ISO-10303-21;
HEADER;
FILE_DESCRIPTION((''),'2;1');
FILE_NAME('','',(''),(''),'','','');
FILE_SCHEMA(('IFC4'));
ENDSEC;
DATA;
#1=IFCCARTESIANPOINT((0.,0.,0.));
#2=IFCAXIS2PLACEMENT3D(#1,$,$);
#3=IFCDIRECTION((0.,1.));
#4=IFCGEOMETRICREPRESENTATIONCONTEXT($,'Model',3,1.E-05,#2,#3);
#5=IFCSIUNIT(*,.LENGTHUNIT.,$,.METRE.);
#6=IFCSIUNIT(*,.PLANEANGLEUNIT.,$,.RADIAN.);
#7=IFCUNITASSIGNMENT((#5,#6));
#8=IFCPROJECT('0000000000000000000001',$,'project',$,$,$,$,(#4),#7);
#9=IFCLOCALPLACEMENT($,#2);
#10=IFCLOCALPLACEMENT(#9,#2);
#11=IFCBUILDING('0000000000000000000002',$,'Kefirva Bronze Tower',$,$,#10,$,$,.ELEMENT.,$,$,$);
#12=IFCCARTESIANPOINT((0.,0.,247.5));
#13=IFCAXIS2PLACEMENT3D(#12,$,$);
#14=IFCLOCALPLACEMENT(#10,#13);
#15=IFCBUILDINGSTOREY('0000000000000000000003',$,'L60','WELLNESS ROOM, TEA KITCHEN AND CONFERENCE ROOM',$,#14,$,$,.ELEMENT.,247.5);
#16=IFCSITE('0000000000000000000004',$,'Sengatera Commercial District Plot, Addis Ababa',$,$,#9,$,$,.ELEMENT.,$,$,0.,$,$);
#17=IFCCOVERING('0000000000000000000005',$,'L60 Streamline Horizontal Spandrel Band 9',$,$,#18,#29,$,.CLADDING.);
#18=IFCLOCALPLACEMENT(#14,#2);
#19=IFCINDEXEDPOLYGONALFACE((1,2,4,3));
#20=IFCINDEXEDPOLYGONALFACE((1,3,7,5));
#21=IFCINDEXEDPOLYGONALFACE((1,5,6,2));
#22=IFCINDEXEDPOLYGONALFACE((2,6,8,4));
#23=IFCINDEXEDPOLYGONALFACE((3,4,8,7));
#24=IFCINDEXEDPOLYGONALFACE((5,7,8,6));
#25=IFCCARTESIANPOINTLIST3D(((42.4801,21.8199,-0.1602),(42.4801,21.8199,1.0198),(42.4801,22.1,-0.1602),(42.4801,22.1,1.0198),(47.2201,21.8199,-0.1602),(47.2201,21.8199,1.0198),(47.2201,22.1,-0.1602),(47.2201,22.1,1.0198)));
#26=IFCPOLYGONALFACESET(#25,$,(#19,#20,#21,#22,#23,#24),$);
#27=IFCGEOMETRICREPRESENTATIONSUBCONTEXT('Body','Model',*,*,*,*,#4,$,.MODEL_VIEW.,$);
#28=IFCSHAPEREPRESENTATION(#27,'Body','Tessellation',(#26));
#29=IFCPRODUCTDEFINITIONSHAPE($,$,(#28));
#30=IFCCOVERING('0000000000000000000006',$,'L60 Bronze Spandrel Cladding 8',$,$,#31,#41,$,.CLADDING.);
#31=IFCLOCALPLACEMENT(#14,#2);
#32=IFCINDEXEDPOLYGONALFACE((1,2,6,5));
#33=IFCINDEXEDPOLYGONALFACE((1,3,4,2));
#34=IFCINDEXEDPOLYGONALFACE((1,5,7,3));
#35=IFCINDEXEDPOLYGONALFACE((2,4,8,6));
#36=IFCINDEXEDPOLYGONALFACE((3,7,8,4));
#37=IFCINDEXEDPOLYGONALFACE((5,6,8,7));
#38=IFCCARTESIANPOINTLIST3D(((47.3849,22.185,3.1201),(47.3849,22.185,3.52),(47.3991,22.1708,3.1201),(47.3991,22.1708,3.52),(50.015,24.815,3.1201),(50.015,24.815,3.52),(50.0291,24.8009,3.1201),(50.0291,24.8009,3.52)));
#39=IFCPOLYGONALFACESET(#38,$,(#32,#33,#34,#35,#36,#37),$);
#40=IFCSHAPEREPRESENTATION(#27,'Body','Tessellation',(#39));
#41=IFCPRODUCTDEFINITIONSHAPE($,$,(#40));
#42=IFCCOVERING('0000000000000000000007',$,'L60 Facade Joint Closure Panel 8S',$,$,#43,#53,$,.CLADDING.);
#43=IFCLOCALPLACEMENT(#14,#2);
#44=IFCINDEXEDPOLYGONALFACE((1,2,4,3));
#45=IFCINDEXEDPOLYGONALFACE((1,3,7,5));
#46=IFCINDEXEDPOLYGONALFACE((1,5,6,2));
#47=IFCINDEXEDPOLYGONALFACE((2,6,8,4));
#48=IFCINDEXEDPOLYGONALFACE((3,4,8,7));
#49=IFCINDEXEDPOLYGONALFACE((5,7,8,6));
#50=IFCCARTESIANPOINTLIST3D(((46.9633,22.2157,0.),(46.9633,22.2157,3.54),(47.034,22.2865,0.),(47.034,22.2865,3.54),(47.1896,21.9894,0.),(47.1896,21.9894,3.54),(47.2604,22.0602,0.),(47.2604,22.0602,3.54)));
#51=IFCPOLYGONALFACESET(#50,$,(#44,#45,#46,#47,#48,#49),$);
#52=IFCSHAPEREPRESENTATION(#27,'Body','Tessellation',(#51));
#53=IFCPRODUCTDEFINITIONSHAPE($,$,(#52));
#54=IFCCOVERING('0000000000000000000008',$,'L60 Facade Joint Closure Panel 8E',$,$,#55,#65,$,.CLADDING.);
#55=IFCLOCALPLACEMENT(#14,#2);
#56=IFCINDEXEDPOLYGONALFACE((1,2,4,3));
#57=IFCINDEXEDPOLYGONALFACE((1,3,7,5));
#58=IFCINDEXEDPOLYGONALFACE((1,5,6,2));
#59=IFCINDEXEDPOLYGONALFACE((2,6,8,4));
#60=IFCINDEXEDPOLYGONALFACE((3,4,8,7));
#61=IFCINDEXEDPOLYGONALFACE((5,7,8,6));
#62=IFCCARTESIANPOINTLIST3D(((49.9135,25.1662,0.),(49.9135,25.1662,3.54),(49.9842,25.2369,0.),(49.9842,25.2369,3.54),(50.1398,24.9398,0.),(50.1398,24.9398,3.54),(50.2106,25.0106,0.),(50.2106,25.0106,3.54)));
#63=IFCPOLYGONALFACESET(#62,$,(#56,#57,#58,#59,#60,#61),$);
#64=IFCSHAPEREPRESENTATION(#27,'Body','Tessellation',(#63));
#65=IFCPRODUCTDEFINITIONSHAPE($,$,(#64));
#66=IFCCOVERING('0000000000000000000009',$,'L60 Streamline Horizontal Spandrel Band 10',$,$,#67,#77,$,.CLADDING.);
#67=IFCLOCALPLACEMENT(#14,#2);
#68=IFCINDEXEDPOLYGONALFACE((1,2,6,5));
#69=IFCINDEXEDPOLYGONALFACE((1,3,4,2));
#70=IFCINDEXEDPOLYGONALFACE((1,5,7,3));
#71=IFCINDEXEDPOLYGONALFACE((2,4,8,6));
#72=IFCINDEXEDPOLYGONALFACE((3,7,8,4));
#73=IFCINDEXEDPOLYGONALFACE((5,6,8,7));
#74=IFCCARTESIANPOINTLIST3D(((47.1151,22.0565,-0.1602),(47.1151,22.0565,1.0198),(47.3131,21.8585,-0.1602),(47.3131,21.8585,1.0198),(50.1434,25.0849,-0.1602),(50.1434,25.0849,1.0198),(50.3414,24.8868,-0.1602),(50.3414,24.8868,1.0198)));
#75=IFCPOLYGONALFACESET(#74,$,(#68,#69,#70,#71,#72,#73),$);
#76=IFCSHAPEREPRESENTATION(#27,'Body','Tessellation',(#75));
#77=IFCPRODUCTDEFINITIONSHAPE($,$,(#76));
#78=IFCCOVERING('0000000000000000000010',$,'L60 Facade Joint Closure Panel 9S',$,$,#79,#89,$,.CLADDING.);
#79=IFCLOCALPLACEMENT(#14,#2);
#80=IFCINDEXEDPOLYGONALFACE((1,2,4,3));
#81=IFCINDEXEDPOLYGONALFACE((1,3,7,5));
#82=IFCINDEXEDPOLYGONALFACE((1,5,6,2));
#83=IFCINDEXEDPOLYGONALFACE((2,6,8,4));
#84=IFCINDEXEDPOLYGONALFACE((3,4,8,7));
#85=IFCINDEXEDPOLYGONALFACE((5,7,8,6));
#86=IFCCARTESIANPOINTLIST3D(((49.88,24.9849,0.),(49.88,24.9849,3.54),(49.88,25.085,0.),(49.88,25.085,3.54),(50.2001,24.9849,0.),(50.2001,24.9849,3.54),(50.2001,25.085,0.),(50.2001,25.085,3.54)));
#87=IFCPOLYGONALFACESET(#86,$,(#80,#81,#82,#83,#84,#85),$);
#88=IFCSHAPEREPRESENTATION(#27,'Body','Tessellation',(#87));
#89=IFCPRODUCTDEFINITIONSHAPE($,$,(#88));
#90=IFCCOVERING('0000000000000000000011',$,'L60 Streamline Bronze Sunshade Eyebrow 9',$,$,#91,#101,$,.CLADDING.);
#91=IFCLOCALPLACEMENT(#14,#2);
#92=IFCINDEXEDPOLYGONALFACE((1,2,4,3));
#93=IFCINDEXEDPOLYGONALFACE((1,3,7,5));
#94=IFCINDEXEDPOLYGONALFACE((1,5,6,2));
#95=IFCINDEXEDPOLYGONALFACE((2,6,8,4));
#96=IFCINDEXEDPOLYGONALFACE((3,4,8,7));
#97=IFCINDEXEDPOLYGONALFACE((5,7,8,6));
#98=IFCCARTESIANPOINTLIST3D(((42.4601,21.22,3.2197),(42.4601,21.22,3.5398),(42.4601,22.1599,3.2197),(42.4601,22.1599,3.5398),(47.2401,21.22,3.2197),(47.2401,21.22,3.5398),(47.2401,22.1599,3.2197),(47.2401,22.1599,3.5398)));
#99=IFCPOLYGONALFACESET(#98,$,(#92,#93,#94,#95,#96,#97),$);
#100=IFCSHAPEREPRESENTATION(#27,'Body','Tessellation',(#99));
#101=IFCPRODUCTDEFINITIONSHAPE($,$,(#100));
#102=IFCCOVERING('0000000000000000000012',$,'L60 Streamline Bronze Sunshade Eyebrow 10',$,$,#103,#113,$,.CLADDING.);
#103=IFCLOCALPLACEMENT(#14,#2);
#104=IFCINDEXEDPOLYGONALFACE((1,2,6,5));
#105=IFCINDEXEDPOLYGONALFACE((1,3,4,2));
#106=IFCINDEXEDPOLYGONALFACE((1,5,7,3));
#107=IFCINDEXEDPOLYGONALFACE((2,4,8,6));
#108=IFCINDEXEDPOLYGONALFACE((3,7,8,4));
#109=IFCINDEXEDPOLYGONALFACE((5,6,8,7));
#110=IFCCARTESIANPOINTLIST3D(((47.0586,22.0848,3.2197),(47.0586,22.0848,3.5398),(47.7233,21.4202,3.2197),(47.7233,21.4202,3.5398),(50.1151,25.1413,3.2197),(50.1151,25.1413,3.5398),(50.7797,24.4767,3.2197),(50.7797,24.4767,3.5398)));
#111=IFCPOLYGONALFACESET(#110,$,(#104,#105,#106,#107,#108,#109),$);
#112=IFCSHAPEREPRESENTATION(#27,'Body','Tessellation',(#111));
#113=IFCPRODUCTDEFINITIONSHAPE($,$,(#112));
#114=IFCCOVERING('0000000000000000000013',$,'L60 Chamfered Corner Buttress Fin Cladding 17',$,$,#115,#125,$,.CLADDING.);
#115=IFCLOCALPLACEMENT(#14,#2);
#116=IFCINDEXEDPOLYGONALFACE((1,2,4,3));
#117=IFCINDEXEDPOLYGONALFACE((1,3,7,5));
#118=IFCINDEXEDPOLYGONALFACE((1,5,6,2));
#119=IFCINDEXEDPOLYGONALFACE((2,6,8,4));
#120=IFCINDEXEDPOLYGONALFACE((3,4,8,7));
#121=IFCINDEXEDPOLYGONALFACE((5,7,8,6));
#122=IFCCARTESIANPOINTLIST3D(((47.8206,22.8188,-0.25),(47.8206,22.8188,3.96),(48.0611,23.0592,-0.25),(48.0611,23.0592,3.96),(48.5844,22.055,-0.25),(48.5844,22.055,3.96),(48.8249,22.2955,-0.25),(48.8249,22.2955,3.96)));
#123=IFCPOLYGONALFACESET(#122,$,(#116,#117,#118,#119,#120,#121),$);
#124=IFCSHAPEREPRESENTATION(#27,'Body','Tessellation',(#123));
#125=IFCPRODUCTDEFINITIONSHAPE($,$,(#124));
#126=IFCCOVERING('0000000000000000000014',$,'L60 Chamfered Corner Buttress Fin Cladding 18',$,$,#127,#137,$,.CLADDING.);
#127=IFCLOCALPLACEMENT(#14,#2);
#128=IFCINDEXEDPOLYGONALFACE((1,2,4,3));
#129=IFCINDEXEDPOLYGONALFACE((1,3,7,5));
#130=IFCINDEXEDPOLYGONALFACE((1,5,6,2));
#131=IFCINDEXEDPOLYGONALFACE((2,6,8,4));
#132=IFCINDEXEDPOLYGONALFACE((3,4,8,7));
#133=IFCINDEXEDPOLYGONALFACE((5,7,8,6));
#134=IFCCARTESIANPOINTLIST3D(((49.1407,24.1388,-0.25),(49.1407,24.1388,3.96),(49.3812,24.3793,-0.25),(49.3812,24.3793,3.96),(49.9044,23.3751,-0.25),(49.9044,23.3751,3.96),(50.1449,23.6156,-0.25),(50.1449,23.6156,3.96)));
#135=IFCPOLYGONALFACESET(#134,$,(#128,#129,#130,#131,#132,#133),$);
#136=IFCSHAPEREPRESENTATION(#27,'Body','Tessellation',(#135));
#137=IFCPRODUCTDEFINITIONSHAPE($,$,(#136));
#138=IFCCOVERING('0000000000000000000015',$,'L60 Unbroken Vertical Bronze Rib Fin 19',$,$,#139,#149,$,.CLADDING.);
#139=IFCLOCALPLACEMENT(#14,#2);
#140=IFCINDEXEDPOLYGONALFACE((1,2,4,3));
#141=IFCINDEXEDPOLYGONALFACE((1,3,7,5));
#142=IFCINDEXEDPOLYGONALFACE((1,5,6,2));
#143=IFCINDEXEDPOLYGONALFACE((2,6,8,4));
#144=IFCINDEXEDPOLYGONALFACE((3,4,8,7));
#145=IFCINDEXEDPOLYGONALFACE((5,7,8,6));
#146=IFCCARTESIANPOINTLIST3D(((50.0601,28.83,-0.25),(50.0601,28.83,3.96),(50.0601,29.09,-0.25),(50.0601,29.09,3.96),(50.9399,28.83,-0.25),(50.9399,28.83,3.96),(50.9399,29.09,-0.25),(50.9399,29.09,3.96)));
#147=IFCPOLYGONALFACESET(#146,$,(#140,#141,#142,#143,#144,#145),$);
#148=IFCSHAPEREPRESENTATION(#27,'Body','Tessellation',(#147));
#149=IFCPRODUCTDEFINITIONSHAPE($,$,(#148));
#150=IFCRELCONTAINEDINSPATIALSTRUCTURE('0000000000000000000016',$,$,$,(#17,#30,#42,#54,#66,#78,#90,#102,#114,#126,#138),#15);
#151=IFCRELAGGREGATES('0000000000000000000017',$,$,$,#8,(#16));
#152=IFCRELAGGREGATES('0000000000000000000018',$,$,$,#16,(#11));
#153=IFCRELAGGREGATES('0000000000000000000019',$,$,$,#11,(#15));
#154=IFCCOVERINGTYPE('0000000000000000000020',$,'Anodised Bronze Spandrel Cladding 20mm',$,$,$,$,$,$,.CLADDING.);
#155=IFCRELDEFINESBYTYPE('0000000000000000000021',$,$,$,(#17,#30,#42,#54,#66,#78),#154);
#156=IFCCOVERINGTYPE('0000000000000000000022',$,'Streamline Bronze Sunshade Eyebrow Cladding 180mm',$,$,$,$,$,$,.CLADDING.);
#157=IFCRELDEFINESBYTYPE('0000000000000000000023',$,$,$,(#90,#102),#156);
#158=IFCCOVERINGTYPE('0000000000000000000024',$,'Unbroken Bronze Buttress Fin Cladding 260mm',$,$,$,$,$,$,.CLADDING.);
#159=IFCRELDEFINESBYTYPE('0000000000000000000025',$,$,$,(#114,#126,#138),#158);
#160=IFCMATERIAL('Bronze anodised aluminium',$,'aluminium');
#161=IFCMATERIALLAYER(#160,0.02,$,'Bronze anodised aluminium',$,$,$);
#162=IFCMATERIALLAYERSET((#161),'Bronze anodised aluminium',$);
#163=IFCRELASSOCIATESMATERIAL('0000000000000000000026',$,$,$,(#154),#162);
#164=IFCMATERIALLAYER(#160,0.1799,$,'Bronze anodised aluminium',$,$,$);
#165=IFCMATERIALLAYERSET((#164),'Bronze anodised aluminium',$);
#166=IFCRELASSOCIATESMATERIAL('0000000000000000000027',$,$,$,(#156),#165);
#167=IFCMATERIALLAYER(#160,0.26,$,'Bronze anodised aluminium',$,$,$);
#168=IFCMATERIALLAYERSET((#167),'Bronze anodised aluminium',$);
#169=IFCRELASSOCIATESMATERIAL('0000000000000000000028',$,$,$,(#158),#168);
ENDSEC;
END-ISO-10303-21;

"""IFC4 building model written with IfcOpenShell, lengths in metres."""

from ifc_helpers import new_model, si_unit, direction, frame, origin, origin_2d, place, context, subcontext, project, spatial, rectangle, extrude, material, layer, layer_set, type_object, element, save


model = new_model("IFC4")

# Units and contexts
model_context = context("Model", 3, precision=1e-05, world=origin(), true_north=direction((0.0, 1.0)))
body_context = subcontext(model_context, "Body", "Model", "MODEL_VIEW")
ifc_project = project(units=[si_unit("LENGTHUNIT", "METRE"), si_unit("PLANEANGLEUNIT", "RADIAN")], contexts=[model_context])

# Site, building, storey
site_placement = place(None, origin())
site = spatial("IfcSite", under=ifc_project, at=site_placement, Name="Sengatera Commercial District Plot, Addis Ababa", CompositionType="ELEMENT", RefElevation=0.0)
building_placement = place(site_placement, origin())
building = spatial("IfcBuilding", under=site, at=building_placement, Name="Kefirva Bronze Tower", CompositionType="ELEMENT")
storey_placement = place(building_placement, frame((0.0, 0.0, 247.5)))
storey = spatial("IfcBuildingStorey", under=building, at=storey_placement, Name="L60", Description="WELLNESS ROOM, TEA KITCHEN AND CONFERENCE ROOM", CompositionType="ELEMENT", Elevation=247.5)

# Coverings
ifc_material_1 = material(Name="Bronze anodised aluminium", Category="aluminium")
ifc_layer_1 = layer(ifc_material_1, 0.02, Name="Bronze anodised aluminium")
ifc_layer_set_1 = layer_set([ifc_layer_1], Name="Bronze anodised aluminium")
covering_type_1 = type_object("IfcCoveringType", Name="Anodised Bronze Spandrel Cladding 20mm", PredefinedType="CLADDING", material=ifc_layer_set_1)
covering_1_placement = place(storey_placement, frame((44.8501, 21.96, -0.1602), z_axis=(0.0, 0.0, 1.0), x_axis=(1.0, 0.0, 0.0)))
element("IfcCovering", 1, at=covering_1_placement, inside=storey, type_object=covering_type_1, Name="L60 Streamline Horizontal Spandrel Band 9", PredefinedType="CLADDING", context=body_context, shape_type="SweptSolid", body=[
    extrude(rectangle(XDim=4.74, YDim=0.28, at=origin_2d()), origin(), (0.0, 0.0, 1.0), 1.1799),
])
covering_2_placement = place(storey_placement, frame((48.707, 23.4929, 3.1201), z_axis=(0.0, 0.0, 1.0), x_axis=(0.707107, 0.707107, 0.0)))
element("IfcCovering", 2, at=covering_2_placement, inside=storey, type_object=covering_type_1, Name="L60 Bronze Spandrel Cladding 8", PredefinedType="CLADDING", context=body_context, shape_type="SweptSolid", body=[
    extrude(rectangle(XDim=3.7195, YDim=0.02, at=origin_2d()), origin(), (0.0, 0.0, 1.0), 0.3999),
])
for number, where, z_axis, x_axis, name in (
    (3, (47.1118, 22.1379, 0.0), (0.0, 0.0, 1.0), (0.707107, 0.707107, 0.0), "L60 Facade Joint Closure Panel 8S"),
    (4, (50.062, 25.0884, 0.0), (0.0, 0.0, 1.0), (0.707107, 0.707107, 0.0), "L60 Facade Joint Closure Panel 8E"),
):
    element("IfcCovering", number, at=place(storey_placement, frame(where, z_axis=z_axis, x_axis=x_axis)), inside=storey, type_object=covering_type_1, Name=name, PredefinedType="CLADDING", context=body_context, shape_type="SweptSolid", body=[
        extrude(rectangle(XDim=0.1001, YDim=0.3201, at=origin_2d()), origin(), (0.0, 0.0, 1.0), 3.54),
    ])
covering_3_placement = place(storey_placement, frame((48.7283, 23.4717, -0.1602), z_axis=(0.0, 0.0, 1.0), x_axis=(0.707107, 0.707107, 0.0)))
element("IfcCovering", 5, at=covering_3_placement, inside=storey, type_object=covering_type_1, Name="L60 Streamline Horizontal Spandrel Band 10", PredefinedType="CLADDING", context=body_context, shape_type="SweptSolid", body=[
    extrude(rectangle(XDim=4.2827, YDim=0.28, at=origin_2d()), origin(), (0.0, 0.0, 1.0), 1.1799),
])
covering_4_placement = place(storey_placement, frame((50.04, 25.0349, 0.0), z_axis=(0.0, 0.0, 1.0), x_axis=(0.0, 1.0, 0.0)))
element("IfcCovering", 6, at=covering_4_placement, inside=storey, type_object=covering_type_1, Name="L60 Facade Joint Closure Panel 9S", PredefinedType="CLADDING", context=body_context, shape_type="SweptSolid", body=[
    extrude(rectangle(XDim=0.1001, YDim=0.3201, at=origin_2d()), origin(), (0.0, 0.0, 1.0), 3.54),
])
ifc_layer_2 = layer(ifc_material_1, 0.1799, Name="Bronze anodised aluminium")
ifc_layer_set_2 = layer_set([ifc_layer_2], Name="Bronze anodised aluminium")
covering_type_2 = type_object("IfcCoveringType", Name="Streamline Bronze Sunshade Eyebrow Cladding 180mm", PredefinedType="CLADDING", material=ifc_layer_set_2)
covering_5_placement = place(storey_placement, frame((44.8501, 21.6899, 3.2197), z_axis=(0.0, 0.0, 1.0), x_axis=(1.0, 0.0, 0.0)))
element("IfcCovering", 7, at=covering_5_placement, inside=storey, type_object=covering_type_2, Name="L60 Streamline Bronze Sunshade Eyebrow 9", PredefinedType="CLADDING", context=body_context, shape_type="SweptSolid", body=[
    extrude(rectangle(XDim=4.78, YDim=0.9399, at=origin_2d()), origin(), (0.0, 0.0, 1.0), 0.3201),
])
covering_6_placement = place(storey_placement, frame((48.9192, 23.2808, 3.2197), z_axis=(0.0, 0.0, 1.0), x_axis=(0.707107, 0.707107, 0.0)))
element("IfcCovering", 8, at=covering_6_placement, inside=storey, type_object=covering_type_2, Name="L60 Streamline Bronze Sunshade Eyebrow 10", PredefinedType="CLADDING", context=body_context, shape_type="SweptSolid", body=[
    extrude(rectangle(XDim=4.3225, YDim=0.9399, at=origin_2d()), origin(), (0.0, 0.0, 1.0), 0.3201),
])
ifc_layer_3 = layer(ifc_material_1, 0.26, Name="Bronze anodised aluminium")
ifc_layer_set_3 = layer_set([ifc_layer_3], Name="Bronze anodised aluminium")
covering_type_3 = type_object("IfcCoveringType", Name="Unbroken Bronze Buttress Fin Cladding 260mm", PredefinedType="CLADDING", material=ifc_layer_set_3)
for number, where, z_axis, x_axis, name in (
    (9, (48.3228, 22.5571, -0.25), (0.0, 0.0, 1.0), (0.707107, 0.707107, 0.0), "L60 Chamfered Corner Buttress Fin Cladding 17"),
    (10, (49.6428, 23.8772, -0.25), (0.0, 0.0, 1.0), (0.707107, 0.707107, 0.0), "L60 Chamfered Corner Buttress Fin Cladding 18"),
):
    element("IfcCovering", number, at=place(storey_placement, frame(where, z_axis=z_axis, x_axis=x_axis)), inside=storey, type_object=covering_type_3, Name=name, PredefinedType="CLADDING", context=body_context, shape_type="SweptSolid", body=[
        extrude(rectangle(XDim=0.3401, YDim=1.0801, at=origin_2d()), origin(), (0.0, 0.0, 1.0), 4.21),
    ])
covering_7_placement = place(storey_placement, frame((50.5, 28.96, -0.25), z_axis=(0.0, 0.0, 1.0), x_axis=(0.0, 1.0, 0.0)))
element("IfcCovering", 11, at=covering_7_placement, inside=storey, type_object=covering_type_3, Name="L60 Unbroken Vertical Bronze Rib Fin 19", PredefinedType="CLADDING", context=body_context, shape_type="SweptSolid", body=[
    extrude(rectangle(XDim=0.26, YDim=0.8799, at=origin_2d()), origin(), (0.0, 0.0, 1.0), 4.21),
])

save(model, "model.ifc")
